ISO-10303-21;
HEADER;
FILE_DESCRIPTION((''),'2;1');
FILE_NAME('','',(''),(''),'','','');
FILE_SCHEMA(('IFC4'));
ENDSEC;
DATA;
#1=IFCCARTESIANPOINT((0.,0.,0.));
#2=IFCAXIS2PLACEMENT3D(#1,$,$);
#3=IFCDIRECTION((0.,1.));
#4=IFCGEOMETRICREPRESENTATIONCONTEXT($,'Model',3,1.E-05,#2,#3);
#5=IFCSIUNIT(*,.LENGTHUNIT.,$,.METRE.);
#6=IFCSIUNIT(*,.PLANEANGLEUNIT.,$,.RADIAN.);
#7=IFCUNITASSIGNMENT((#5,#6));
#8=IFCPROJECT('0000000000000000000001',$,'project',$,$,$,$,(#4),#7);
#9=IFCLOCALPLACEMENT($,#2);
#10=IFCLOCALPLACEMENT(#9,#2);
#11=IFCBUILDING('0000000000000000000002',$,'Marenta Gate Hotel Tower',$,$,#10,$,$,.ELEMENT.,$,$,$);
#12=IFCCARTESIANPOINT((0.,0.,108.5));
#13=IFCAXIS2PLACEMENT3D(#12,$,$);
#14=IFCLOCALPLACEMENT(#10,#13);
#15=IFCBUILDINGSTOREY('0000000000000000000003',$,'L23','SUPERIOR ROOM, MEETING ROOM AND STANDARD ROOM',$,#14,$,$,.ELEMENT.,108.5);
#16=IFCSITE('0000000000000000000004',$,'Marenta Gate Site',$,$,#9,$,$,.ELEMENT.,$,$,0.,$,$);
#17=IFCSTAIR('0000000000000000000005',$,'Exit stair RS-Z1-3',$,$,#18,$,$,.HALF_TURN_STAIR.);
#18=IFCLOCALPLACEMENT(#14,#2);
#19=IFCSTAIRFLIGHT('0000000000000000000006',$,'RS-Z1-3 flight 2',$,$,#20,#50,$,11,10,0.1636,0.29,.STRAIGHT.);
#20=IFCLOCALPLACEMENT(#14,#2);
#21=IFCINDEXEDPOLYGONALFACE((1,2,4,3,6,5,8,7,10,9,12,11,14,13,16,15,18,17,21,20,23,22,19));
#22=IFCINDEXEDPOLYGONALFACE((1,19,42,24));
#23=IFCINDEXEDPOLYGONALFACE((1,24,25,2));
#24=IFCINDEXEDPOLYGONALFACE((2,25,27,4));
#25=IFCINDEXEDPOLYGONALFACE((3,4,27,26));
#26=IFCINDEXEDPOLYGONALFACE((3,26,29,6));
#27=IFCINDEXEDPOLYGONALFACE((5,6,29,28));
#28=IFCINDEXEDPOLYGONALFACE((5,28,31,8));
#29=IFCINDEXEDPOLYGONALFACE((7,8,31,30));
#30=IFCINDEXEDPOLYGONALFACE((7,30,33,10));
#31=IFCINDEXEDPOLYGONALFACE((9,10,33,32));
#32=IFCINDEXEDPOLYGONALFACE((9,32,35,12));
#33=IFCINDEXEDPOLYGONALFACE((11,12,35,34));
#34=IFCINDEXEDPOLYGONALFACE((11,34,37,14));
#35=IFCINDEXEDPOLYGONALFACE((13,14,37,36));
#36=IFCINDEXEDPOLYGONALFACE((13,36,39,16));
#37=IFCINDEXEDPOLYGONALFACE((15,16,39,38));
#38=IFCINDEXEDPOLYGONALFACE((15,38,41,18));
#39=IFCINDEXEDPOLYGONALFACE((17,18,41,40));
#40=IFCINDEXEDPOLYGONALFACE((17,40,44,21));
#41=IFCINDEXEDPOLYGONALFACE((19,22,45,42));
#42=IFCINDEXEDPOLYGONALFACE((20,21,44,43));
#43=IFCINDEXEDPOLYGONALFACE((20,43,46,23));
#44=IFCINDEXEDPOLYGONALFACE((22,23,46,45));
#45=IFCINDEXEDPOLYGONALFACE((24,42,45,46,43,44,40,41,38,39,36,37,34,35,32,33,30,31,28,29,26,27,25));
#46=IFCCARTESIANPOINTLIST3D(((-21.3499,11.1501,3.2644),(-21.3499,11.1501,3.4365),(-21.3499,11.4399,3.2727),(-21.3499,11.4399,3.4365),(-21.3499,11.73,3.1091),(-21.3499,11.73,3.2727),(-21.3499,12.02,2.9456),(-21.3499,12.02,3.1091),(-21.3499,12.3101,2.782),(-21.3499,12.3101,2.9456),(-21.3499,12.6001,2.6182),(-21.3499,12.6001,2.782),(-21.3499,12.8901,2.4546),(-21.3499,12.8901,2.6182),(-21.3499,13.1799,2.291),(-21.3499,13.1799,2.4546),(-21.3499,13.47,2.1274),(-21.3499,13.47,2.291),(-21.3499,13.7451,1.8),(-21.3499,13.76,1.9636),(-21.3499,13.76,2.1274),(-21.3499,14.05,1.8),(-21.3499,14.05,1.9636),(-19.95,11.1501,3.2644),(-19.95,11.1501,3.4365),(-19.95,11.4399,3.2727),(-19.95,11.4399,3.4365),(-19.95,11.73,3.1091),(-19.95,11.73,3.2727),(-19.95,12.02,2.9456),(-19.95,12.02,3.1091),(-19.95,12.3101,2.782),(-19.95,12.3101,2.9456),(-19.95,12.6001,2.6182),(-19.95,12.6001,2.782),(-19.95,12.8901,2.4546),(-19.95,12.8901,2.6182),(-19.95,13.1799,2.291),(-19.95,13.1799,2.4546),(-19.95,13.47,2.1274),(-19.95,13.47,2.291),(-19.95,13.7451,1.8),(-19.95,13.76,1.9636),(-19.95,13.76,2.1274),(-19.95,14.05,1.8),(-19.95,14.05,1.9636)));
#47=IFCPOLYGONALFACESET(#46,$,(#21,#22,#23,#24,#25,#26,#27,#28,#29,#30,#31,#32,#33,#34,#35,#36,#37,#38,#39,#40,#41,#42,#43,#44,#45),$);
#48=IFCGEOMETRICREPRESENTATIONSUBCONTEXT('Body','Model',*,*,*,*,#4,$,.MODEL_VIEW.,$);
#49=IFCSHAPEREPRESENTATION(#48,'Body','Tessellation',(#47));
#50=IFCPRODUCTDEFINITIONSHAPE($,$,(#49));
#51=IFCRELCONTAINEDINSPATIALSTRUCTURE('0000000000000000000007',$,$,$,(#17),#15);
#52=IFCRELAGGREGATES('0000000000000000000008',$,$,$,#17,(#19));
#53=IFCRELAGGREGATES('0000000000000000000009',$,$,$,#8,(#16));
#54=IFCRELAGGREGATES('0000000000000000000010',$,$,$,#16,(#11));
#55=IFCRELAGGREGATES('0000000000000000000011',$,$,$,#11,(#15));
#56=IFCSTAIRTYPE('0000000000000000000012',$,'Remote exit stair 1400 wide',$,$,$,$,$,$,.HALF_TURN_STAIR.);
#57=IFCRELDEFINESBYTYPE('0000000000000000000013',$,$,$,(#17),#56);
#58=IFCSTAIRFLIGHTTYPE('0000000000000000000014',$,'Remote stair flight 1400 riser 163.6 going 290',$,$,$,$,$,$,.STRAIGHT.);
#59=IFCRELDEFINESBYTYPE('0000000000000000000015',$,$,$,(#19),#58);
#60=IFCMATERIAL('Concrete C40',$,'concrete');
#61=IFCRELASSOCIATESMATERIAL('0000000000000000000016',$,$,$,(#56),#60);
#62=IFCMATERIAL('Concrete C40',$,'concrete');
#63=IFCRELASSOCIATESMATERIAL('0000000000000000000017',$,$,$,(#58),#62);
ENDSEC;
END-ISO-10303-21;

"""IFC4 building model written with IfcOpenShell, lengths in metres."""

from ifc_helpers import new_model, si_unit, direction, frame, origin, place, context, subcontext, project, spatial, polyline, outline, extrude, material, type_object, element, aggregate, save


model = new_model("IFC4")

# Units and contexts
model_context = context("Model", 3, precision=1e-05, world=origin(), true_north=direction((0.0, 1.0)))
body_context = subcontext(model_context, "Body", "Model", "MODEL_VIEW")
ifc_project = project(units=[si_unit("LENGTHUNIT", "METRE"), si_unit("PLANEANGLEUNIT", "RADIAN")], contexts=[model_context])

# Site, building, storey
site_placement = place(None, origin())
site = spatial("IfcSite", under=ifc_project, at=site_placement, Name="Marenta Gate Site", CompositionType="ELEMENT", RefElevation=0.0)
building_placement = place(site_placement, origin())
building = spatial("IfcBuilding", under=site, at=building_placement, Name="Marenta Gate Hotel Tower", CompositionType="ELEMENT")
storey_placement = place(building_placement, frame((0.0, 0.0, 108.5)))
storey = spatial("IfcBuildingStorey", under=building, at=storey_placement, Name="L23", Description="SUPERIOR ROOM, MEETING ROOM AND STANDARD ROOM", CompositionType="ELEMENT", Elevation=108.5)

# Stair, stair flight
ifc_material_1 = material(Name="Concrete C40", Category="concrete")
stair_type = type_object("IfcStairType", Name="Remote exit stair 1400 wide", PredefinedType="HALF_TURN_STAIR", material=ifc_material_1)
stair_placement = place(storey_placement, origin())
stair = element("IfcStair", 1, at=stair_placement, inside=storey, type_object=stair_type, Name="Exit stair RS-Z1-3", PredefinedType="HALF_TURN_STAIR")
ifc_material_2 = material(Name="Concrete C40", Category="concrete")
stair_flight_type = type_object("IfcStairFlightType", Name="Remote stair flight 1400 riser 163.6 going 290", PredefinedType="STRAIGHT", material=ifc_material_2)
stair_flight_placement = place(storey_placement, frame((-20.6499, 14.05, 1.8), z_axis=(0.0, 0.0, 1.0), x_axis=(0.0, -1.0, 0.0)))
stair_flight = element("IfcStairFlight", 2, at=stair_flight_placement, type_object=stair_flight_type, Name="RS-Z1-3 flight 2", NumberOfRisers=11, NumberOfTreads=10, PredefinedType="STRAIGHT", RiserHeight=0.1636, TreadLength=0.29, context=body_context, shape_type="SweptSolid", body=[
    extrude(outline(polyline([(0.0, 0.0), (0.0, 0.1636), (0.29, 0.1636), (0.29, 0.3274), (0.5801, 0.3274), (0.5801, 0.491), (0.8701, 0.491), (0.8701, 0.6545), (1.1599, 0.6545), (1.1599, 0.8181), (1.45, 0.8181), (1.45, 0.9819), (1.74, 0.9819), (1.74, 1.1455), (2.03, 1.1455), (2.03, 1.3091), (2.3201, 1.3091), (2.3201, 1.4727), (2.6101, 1.4727), (2.6101, 1.6365), (2.8999, 1.6365), (2.8999, 1.8), (2.8999, 1.4644), (0.3049, 0.0), (0.0, 0.0)])), frame((0.0, 0.7, 0.0), z_axis=(0.0, -1.0, 0.0), x_axis=(1.0, 0.0, 0.0)), (0.0, 0.0, 1.0), 1.3999),
])
aggregate(stair, [stair_flight])

save(model, "model.ifc")
